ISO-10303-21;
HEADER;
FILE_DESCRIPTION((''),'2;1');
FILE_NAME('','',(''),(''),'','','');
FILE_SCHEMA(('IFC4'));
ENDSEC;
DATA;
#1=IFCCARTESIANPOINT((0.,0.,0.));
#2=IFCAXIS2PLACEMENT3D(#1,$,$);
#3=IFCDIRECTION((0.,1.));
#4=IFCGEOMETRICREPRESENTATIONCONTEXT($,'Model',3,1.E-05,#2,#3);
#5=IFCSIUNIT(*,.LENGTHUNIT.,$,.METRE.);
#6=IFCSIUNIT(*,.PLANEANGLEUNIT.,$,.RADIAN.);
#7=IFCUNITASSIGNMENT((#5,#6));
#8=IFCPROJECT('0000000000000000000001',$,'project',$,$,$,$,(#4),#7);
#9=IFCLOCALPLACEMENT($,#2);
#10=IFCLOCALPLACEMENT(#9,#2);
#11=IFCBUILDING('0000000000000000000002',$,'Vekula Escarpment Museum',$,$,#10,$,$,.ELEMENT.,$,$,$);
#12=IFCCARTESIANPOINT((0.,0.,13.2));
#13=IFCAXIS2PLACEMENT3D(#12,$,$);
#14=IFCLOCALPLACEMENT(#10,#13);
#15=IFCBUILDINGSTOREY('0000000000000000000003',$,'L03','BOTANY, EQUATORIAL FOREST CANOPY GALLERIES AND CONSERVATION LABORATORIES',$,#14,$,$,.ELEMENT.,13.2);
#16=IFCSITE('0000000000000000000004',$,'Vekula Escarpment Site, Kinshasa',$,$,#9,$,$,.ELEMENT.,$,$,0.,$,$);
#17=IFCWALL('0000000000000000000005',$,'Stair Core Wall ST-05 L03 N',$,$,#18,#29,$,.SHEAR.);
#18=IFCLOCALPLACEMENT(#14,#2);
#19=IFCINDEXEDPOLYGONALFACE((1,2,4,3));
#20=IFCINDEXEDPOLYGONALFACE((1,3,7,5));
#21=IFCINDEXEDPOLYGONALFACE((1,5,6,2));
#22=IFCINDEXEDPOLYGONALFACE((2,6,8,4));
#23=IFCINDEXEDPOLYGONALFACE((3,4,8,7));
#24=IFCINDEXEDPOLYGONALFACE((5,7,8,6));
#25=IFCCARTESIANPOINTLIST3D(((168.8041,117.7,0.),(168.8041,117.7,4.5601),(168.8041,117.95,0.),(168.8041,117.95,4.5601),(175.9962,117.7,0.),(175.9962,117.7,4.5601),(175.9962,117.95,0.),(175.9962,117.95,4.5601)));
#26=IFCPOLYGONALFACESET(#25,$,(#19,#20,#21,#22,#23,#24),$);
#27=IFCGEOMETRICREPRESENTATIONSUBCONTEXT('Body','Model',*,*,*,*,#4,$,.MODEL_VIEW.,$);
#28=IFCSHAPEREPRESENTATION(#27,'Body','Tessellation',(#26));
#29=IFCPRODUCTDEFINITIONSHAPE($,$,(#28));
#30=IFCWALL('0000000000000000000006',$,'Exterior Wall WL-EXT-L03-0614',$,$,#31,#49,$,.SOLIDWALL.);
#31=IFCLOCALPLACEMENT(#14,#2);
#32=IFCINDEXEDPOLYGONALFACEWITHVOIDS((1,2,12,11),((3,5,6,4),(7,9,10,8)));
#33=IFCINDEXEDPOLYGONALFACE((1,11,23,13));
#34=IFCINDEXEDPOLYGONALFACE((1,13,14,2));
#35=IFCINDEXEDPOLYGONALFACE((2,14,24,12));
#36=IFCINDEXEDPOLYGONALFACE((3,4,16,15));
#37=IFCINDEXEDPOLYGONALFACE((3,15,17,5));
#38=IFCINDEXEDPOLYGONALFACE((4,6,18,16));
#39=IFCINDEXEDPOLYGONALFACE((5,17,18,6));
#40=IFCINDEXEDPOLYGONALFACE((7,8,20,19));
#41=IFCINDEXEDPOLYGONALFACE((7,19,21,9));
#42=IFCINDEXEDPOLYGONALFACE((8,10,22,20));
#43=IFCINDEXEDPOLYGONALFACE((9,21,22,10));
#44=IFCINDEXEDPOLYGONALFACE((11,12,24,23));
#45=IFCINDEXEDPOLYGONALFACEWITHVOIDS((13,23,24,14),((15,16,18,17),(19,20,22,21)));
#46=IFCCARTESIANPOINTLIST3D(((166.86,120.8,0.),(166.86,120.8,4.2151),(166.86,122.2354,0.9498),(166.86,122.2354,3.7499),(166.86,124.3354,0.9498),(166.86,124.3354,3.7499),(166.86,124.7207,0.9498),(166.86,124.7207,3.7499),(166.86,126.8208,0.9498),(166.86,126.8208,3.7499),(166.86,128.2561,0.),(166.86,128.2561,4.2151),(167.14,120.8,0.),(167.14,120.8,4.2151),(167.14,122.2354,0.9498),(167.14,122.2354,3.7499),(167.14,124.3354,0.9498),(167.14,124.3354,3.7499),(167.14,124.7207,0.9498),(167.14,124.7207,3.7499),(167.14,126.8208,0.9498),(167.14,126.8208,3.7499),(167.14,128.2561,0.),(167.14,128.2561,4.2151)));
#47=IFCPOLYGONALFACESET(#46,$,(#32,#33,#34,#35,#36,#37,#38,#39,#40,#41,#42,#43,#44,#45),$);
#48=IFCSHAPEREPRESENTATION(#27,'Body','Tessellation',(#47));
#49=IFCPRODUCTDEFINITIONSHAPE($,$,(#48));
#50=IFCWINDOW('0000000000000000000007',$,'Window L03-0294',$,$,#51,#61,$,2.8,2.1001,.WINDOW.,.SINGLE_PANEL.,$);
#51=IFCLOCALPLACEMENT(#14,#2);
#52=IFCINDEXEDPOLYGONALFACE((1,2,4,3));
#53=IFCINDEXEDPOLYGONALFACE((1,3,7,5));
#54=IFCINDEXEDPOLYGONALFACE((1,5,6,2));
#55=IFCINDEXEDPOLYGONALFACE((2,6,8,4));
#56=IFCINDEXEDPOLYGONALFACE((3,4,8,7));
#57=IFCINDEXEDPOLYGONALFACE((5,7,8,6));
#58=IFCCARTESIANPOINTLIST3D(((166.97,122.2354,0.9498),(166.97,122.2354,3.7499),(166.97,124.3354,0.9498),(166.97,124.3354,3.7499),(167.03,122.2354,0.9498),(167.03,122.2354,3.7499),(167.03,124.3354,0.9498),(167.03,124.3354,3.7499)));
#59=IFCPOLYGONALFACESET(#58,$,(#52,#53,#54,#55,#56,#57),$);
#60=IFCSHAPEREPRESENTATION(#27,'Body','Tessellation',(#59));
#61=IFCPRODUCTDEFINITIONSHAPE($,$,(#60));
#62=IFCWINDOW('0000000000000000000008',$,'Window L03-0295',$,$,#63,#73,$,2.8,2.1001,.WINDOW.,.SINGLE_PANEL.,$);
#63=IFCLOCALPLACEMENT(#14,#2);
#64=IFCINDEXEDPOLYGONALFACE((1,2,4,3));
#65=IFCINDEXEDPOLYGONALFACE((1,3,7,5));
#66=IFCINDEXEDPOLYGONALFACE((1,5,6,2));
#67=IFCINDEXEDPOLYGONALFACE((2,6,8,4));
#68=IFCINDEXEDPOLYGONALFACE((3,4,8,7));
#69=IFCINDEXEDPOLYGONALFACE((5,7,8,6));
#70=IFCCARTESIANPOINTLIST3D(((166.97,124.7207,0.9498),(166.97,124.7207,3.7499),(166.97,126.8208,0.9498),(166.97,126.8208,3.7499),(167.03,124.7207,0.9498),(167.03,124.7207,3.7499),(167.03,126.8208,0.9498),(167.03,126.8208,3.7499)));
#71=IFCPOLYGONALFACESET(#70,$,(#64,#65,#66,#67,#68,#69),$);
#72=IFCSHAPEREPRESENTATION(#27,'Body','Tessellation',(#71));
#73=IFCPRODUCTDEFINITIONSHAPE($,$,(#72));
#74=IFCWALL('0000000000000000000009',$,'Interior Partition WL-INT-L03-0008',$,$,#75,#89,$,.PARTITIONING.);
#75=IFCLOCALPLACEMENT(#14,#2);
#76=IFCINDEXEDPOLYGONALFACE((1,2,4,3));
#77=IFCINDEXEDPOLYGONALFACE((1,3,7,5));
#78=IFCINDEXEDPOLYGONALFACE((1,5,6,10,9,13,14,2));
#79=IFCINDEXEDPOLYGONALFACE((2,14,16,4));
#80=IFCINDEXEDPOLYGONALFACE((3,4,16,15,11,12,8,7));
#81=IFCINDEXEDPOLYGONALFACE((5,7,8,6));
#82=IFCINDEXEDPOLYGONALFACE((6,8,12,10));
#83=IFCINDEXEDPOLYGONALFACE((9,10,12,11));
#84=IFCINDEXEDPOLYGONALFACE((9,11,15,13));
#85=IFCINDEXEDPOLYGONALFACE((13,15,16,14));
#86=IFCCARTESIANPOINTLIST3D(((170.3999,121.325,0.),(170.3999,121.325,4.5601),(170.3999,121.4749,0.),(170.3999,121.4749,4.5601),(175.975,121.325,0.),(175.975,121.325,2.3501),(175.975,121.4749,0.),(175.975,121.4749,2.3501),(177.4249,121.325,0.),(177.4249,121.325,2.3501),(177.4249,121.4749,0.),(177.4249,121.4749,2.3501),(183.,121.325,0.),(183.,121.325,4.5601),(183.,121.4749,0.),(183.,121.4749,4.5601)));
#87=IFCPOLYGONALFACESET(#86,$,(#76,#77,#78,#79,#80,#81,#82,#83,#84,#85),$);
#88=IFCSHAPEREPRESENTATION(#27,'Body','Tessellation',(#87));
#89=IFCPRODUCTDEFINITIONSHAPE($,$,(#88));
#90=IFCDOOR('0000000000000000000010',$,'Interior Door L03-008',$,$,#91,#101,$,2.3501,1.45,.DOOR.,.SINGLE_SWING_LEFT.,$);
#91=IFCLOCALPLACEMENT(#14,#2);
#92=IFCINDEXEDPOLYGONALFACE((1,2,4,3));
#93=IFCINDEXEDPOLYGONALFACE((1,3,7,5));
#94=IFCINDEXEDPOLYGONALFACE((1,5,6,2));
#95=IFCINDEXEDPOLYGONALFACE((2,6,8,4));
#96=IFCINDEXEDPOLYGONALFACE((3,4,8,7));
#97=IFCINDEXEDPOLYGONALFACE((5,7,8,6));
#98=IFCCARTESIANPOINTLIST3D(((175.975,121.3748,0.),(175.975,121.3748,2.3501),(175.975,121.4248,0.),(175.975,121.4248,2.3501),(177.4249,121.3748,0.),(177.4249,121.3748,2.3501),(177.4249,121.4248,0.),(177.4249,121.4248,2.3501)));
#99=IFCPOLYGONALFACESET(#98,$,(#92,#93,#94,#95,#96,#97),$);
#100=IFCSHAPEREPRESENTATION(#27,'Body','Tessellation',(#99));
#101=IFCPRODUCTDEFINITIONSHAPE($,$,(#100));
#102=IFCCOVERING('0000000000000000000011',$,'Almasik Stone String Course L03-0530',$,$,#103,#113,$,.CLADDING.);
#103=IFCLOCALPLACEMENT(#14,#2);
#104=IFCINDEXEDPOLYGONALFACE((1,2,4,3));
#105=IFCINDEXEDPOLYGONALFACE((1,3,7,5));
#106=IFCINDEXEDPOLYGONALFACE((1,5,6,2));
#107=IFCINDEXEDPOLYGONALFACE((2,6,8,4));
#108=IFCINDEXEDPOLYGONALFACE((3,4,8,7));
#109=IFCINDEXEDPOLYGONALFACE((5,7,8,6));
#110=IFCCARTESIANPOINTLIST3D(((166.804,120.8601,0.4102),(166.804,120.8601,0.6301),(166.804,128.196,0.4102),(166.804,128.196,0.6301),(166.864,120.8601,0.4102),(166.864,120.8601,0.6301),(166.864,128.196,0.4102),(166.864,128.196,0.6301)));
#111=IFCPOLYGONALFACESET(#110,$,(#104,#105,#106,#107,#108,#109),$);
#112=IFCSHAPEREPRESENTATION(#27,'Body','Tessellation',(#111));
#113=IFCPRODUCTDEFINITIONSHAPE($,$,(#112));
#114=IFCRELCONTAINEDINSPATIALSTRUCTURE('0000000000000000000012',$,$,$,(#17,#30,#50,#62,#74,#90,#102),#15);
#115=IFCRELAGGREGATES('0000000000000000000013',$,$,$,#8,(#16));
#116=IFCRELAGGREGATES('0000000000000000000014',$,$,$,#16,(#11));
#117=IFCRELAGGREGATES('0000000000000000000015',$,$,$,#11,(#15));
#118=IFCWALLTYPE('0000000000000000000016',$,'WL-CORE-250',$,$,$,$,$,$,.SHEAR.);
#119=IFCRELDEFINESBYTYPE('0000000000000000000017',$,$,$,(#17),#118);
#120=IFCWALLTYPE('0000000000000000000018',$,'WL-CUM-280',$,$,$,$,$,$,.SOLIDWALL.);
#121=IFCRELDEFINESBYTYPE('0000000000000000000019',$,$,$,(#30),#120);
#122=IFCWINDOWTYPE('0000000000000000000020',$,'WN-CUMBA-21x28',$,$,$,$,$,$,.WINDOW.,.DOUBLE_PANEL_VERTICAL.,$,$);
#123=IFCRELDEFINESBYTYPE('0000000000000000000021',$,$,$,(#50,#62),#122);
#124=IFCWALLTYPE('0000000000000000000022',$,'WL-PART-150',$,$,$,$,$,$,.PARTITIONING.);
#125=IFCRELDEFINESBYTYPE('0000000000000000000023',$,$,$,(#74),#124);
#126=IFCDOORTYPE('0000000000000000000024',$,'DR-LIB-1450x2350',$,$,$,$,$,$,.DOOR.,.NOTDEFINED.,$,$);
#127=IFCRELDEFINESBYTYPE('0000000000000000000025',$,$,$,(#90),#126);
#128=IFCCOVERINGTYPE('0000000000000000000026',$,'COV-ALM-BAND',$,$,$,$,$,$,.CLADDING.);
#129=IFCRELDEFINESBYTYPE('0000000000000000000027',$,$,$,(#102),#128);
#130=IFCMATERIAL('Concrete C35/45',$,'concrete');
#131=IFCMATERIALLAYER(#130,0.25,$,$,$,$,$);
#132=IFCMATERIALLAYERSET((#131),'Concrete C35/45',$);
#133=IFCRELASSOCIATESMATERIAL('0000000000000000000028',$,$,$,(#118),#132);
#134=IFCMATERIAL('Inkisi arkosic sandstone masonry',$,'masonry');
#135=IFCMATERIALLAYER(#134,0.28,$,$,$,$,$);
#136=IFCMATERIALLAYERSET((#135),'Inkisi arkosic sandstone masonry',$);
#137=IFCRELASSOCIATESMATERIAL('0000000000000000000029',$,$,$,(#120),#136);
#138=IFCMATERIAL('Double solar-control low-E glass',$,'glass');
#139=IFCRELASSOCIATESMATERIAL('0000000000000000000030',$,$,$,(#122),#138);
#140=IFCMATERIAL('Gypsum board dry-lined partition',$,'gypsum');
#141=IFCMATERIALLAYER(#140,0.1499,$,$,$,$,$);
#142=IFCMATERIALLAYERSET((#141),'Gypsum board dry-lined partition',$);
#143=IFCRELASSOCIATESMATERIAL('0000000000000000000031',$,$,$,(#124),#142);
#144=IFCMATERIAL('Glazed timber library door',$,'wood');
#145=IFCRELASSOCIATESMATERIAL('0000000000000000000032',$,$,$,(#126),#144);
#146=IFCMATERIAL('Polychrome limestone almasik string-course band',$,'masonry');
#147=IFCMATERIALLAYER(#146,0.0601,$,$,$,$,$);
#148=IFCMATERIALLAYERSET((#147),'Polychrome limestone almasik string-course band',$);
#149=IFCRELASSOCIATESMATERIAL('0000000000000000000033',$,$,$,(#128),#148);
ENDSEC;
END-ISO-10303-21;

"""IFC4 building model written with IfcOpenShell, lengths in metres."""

from ifc_helpers import new_model, si_unit, direction, frame, frame_2d, origin, origin_2d, place, context, subcontext, project, spatial, rectangle, extrude, material, layer, layer_set, type_object, element, fill, save


model = new_model("IFC4")

# Units and contexts
model_context = context("Model", 3, precision=1e-05, world=origin(), true_north=direction((0.0, 1.0)))
body_context = subcontext(model_context, "Body", "Model", "MODEL_VIEW")
ifc_project = project(units=[si_unit("LENGTHUNIT", "METRE"), si_unit("PLANEANGLEUNIT", "RADIAN")], contexts=[model_context])

# Site, building, storey
site_placement = place(None, origin())
site = spatial("IfcSite", under=ifc_project, at=site_placement, Name="Vekula Escarpment Site, Kinshasa", CompositionType="ELEMENT", RefElevation=0.0)
building_placement = place(site_placement, origin())
building = spatial("IfcBuilding", under=site, at=building_placement, Name="Vekula Escarpment Museum", CompositionType="ELEMENT")
storey_placement = place(building_placement, frame((0.0, 0.0, 13.2)))
storey = spatial("IfcBuildingStorey", under=building, at=storey_placement, Name="L03", Description="BOTANY, EQUATORIAL FOREST CANOPY GALLERIES AND CONSERVATION LABORATORIES", CompositionType="ELEMENT", Elevation=13.2)

# Wall
ifc_material_1 = material(Name="Concrete C35/45", Category="concrete")
ifc_layer_1 = layer(ifc_material_1, 0.25)
ifc_layer_set_1 = layer_set([ifc_layer_1], Name="Concrete C35/45")
wall_type_1 = type_object("IfcWallType", Name="WL-CORE-250", PredefinedType="SHEAR", material=ifc_layer_set_1)
wall_1_placement = place(storey_placement, frame((168.804, 117.825, 0.0), z_axis=(0.0, 0.0, 1.0), x_axis=(1.0, 0.0, 0.0)))
element("IfcWall", 1, at=wall_1_placement, inside=storey, type_object=wall_type_1, Name="Stair Core Wall ST-05 L03 N", PredefinedType="SHEAR", context=body_context, shape_type="SweptSolid", body=[
    extrude(rectangle(XDim=7.1921, YDim=0.25, at=frame_2d((3.5962, 0.0))), origin(), (0.0, 0.0, 1.0), 4.5601),
])

# Wall, openings, windows
ifc_material_2 = material(Name="Inkisi arkosic sandstone masonry", Category="masonry")
ifc_layer_2 = layer(ifc_material_2, 0.28)
ifc_layer_set_2 = layer_set([ifc_layer_2], Name="Inkisi arkosic sandstone masonry")
wall_type_2 = type_object("IfcWallType", Name="WL-CUM-280", PredefinedType="SOLIDWALL", material=ifc_layer_set_2)
wall_2_placement = place(storey_placement, frame((167.0, 120.8, 0.0), z_axis=(0.0, 0.0, 1.0), x_axis=(0.0, 1.0, 0.0)))
wall_2 = element("IfcWall", 2, at=wall_2_placement, inside=storey, type_object=wall_type_2, Name="Exterior Wall WL-EXT-L03-0614", PredefinedType="SOLIDWALL", context=body_context, shape_type="SweptSolid", body=[
    extrude(rectangle(XDim=7.4561, YDim=0.28, at=frame_2d((3.728, 0.0))), origin(), (0.0, 0.0, 1.0), 4.2151),
])
opening_1_placement = place(wall_2_placement, frame((1.4353, 0.0, 0.95)))
opening_1 = element("IfcOpeningElement", 3, at=opening_1_placement, cuts=wall_2, PredefinedType="OPENING", context=body_context, shape_type="SweptSolid", body=[
    extrude(rectangle(XDim=2.1001, YDim=2.8, at=frame_2d((1.05, 1.3999))), frame((0.0, 0.1499, 0.0), z_axis=(0.0, -1.0, 0.0), x_axis=(1.0, 0.0, 0.0)), (0.0, 0.0, 1.0), 0.3),
])
opening_2_placement = place(wall_2_placement, frame((3.9207, 0.0, 0.95)))
opening_2 = element("IfcOpeningElement", 4, at=opening_2_placement, cuts=wall_2, PredefinedType="OPENING", context=body_context, shape_type="SweptSolid", body=[
    extrude(rectangle(XDim=2.1001, YDim=2.8, at=frame_2d((1.05, 1.3999))), frame((0.0, 0.1499, 0.0), z_axis=(0.0, -1.0, 0.0), x_axis=(1.0, 0.0, 0.0)), (0.0, 0.0, 1.0), 0.3),
])
ifc_material_3 = material(Name="Double solar-control low-E glass", Category="glass")
window_type = type_object("IfcWindowType", Name="WN-CUMBA-21x28", PartitioningType="DOUBLE_PANEL_VERTICAL", PredefinedType="WINDOW", material=ifc_material_3)
window_1_placement = place(opening_1_placement, origin())
window_1 = element("IfcWindow", 5, at=window_1_placement, inside=storey, type_object=window_type, Name="Window L03-0294", OverallHeight=2.8, OverallWidth=2.1001, PartitioningType="SINGLE_PANEL", PredefinedType="WINDOW", context=body_context, shape_type="SweptSolid", body=[
    extrude(rectangle(XDim=2.1001, YDim=2.8, at=frame_2d((1.05, 1.3999))), frame((0.0, 0.03, 0.0), z_axis=(0.0, -1.0, 0.0), x_axis=(1.0, 0.0, 0.0)), (0.0, 0.0, 1.0), 0.0601),
])
fill(opening_1, window_1)
window_2_placement = place(opening_2_placement, origin())
window_2 = element("IfcWindow", 6, at=window_2_placement, inside=storey, type_object=window_type, Name="Window L03-0295", OverallHeight=2.8, OverallWidth=2.1001, PartitioningType="SINGLE_PANEL", PredefinedType="WINDOW", context=body_context, shape_type="SweptSolid", body=[
    extrude(rectangle(XDim=2.1001, YDim=2.8, at=frame_2d((1.05, 1.3999))), frame((0.0, 0.03, 0.0), z_axis=(0.0, -1.0, 0.0), x_axis=(1.0, 0.0, 0.0)), (0.0, 0.0, 1.0), 0.0601),
])
fill(opening_2, window_2)

# Wall, opening, door
ifc_material_4 = material(Name="Gypsum board dry-lined partition", Category="gypsum")
ifc_layer_3 = layer(ifc_material_4, 0.1499)
ifc_layer_set_3 = layer_set([ifc_layer_3], Name="Gypsum board dry-lined partition")
wall_type_3 = type_object("IfcWallType", Name="WL-PART-150", PredefinedType="PARTITIONING", material=ifc_layer_set_3)
wall_3_placement = place(storey_placement, frame((170.3999, 121.3999, 0.0), z_axis=(0.0, 0.0, 1.0), x_axis=(1.0, 0.0, 0.0)))
wall_3 = element("IfcWall", 7, at=wall_3_placement, inside=storey, type_object=wall_type_3, Name="Interior Partition WL-INT-L03-0008", PredefinedType="PARTITIONING", context=body_context, shape_type="SweptSolid", body=[
    extrude(rectangle(XDim=12.6001, YDim=0.1499, at=frame_2d((6.3, 0.0))), origin(), (0.0, 0.0, 1.0), 4.5601),
])
opening_3_placement = place(wall_3_placement, frame((5.575, 0.0, 0.0)))
opening_3 = element("IfcOpeningElement", 8, at=opening_3_placement, cuts=wall_3, PredefinedType="OPENING", context=body_context, shape_type="SweptSolid", body=[
    extrude(rectangle(XDim=1.45, YDim=2.3501, at=frame_2d((0.7251, 1.175))), frame((0.0, 0.085, 0.0), z_axis=(0.0, -1.0, 0.0), x_axis=(1.0, 0.0, 0.0)), (0.0, 0.0, 1.0), 0.1699),
])
ifc_material_5 = material(Name="Glazed timber library door", Category="wood")
door_type = type_object("IfcDoorType", Name="DR-LIB-1450x2350", OperationType="NOTDEFINED", PredefinedType="DOOR", material=ifc_material_5)
door_placement = place(opening_3_placement, origin())
door = element("IfcDoor", 9, at=door_placement, inside=storey, type_object=door_type, Name="Interior Door L03-008", OperationType="SINGLE_SWING_LEFT", OverallHeight=2.3501, OverallWidth=1.45, PredefinedType="DOOR", context=body_context, shape_type="SweptSolid", body=[
    extrude(rectangle(XDim=1.45, YDim=2.3501, at=frame_2d((0.7251, 1.175))), frame((0.0, 0.0249, 0.0), z_axis=(0.0, -1.0, 0.0), x_axis=(1.0, 0.0, 0.0)), (0.0, 0.0, 1.0), 0.05),
])
fill(opening_3, door)

# Covering
ifc_material_6 = material(Name="Polychrome limestone almasik string-course band", Category="masonry")
ifc_layer_4 = layer(ifc_material_6, 0.0601)
ifc_layer_set_4 = layer_set([ifc_layer_4], Name="Polychrome limestone almasik string-course band")
covering_type = type_object("IfcCoveringType", Name="COV-ALM-BAND", PredefinedType="CLADDING", material=ifc_layer_set_4)
covering_placement = place(storey_placement, frame((166.834, 124.5281, 0.4102), z_axis=(0.0, 0.0, 1.0), x_axis=(0.0, 1.0, 0.0)))
element("IfcCovering", 10, at=covering_placement, inside=storey, type_object=covering_type, Name="Almasik Stone String Course L03-0530", PredefinedType="CLADDING", context=body_context, shape_type="SweptSolid", body=[
    extrude(rectangle(XDim=7.3359, YDim=0.0601, at=origin_2d()), origin(), (0.0, 0.0, 1.0), 0.22),
])

save(model, "model.ifc")
